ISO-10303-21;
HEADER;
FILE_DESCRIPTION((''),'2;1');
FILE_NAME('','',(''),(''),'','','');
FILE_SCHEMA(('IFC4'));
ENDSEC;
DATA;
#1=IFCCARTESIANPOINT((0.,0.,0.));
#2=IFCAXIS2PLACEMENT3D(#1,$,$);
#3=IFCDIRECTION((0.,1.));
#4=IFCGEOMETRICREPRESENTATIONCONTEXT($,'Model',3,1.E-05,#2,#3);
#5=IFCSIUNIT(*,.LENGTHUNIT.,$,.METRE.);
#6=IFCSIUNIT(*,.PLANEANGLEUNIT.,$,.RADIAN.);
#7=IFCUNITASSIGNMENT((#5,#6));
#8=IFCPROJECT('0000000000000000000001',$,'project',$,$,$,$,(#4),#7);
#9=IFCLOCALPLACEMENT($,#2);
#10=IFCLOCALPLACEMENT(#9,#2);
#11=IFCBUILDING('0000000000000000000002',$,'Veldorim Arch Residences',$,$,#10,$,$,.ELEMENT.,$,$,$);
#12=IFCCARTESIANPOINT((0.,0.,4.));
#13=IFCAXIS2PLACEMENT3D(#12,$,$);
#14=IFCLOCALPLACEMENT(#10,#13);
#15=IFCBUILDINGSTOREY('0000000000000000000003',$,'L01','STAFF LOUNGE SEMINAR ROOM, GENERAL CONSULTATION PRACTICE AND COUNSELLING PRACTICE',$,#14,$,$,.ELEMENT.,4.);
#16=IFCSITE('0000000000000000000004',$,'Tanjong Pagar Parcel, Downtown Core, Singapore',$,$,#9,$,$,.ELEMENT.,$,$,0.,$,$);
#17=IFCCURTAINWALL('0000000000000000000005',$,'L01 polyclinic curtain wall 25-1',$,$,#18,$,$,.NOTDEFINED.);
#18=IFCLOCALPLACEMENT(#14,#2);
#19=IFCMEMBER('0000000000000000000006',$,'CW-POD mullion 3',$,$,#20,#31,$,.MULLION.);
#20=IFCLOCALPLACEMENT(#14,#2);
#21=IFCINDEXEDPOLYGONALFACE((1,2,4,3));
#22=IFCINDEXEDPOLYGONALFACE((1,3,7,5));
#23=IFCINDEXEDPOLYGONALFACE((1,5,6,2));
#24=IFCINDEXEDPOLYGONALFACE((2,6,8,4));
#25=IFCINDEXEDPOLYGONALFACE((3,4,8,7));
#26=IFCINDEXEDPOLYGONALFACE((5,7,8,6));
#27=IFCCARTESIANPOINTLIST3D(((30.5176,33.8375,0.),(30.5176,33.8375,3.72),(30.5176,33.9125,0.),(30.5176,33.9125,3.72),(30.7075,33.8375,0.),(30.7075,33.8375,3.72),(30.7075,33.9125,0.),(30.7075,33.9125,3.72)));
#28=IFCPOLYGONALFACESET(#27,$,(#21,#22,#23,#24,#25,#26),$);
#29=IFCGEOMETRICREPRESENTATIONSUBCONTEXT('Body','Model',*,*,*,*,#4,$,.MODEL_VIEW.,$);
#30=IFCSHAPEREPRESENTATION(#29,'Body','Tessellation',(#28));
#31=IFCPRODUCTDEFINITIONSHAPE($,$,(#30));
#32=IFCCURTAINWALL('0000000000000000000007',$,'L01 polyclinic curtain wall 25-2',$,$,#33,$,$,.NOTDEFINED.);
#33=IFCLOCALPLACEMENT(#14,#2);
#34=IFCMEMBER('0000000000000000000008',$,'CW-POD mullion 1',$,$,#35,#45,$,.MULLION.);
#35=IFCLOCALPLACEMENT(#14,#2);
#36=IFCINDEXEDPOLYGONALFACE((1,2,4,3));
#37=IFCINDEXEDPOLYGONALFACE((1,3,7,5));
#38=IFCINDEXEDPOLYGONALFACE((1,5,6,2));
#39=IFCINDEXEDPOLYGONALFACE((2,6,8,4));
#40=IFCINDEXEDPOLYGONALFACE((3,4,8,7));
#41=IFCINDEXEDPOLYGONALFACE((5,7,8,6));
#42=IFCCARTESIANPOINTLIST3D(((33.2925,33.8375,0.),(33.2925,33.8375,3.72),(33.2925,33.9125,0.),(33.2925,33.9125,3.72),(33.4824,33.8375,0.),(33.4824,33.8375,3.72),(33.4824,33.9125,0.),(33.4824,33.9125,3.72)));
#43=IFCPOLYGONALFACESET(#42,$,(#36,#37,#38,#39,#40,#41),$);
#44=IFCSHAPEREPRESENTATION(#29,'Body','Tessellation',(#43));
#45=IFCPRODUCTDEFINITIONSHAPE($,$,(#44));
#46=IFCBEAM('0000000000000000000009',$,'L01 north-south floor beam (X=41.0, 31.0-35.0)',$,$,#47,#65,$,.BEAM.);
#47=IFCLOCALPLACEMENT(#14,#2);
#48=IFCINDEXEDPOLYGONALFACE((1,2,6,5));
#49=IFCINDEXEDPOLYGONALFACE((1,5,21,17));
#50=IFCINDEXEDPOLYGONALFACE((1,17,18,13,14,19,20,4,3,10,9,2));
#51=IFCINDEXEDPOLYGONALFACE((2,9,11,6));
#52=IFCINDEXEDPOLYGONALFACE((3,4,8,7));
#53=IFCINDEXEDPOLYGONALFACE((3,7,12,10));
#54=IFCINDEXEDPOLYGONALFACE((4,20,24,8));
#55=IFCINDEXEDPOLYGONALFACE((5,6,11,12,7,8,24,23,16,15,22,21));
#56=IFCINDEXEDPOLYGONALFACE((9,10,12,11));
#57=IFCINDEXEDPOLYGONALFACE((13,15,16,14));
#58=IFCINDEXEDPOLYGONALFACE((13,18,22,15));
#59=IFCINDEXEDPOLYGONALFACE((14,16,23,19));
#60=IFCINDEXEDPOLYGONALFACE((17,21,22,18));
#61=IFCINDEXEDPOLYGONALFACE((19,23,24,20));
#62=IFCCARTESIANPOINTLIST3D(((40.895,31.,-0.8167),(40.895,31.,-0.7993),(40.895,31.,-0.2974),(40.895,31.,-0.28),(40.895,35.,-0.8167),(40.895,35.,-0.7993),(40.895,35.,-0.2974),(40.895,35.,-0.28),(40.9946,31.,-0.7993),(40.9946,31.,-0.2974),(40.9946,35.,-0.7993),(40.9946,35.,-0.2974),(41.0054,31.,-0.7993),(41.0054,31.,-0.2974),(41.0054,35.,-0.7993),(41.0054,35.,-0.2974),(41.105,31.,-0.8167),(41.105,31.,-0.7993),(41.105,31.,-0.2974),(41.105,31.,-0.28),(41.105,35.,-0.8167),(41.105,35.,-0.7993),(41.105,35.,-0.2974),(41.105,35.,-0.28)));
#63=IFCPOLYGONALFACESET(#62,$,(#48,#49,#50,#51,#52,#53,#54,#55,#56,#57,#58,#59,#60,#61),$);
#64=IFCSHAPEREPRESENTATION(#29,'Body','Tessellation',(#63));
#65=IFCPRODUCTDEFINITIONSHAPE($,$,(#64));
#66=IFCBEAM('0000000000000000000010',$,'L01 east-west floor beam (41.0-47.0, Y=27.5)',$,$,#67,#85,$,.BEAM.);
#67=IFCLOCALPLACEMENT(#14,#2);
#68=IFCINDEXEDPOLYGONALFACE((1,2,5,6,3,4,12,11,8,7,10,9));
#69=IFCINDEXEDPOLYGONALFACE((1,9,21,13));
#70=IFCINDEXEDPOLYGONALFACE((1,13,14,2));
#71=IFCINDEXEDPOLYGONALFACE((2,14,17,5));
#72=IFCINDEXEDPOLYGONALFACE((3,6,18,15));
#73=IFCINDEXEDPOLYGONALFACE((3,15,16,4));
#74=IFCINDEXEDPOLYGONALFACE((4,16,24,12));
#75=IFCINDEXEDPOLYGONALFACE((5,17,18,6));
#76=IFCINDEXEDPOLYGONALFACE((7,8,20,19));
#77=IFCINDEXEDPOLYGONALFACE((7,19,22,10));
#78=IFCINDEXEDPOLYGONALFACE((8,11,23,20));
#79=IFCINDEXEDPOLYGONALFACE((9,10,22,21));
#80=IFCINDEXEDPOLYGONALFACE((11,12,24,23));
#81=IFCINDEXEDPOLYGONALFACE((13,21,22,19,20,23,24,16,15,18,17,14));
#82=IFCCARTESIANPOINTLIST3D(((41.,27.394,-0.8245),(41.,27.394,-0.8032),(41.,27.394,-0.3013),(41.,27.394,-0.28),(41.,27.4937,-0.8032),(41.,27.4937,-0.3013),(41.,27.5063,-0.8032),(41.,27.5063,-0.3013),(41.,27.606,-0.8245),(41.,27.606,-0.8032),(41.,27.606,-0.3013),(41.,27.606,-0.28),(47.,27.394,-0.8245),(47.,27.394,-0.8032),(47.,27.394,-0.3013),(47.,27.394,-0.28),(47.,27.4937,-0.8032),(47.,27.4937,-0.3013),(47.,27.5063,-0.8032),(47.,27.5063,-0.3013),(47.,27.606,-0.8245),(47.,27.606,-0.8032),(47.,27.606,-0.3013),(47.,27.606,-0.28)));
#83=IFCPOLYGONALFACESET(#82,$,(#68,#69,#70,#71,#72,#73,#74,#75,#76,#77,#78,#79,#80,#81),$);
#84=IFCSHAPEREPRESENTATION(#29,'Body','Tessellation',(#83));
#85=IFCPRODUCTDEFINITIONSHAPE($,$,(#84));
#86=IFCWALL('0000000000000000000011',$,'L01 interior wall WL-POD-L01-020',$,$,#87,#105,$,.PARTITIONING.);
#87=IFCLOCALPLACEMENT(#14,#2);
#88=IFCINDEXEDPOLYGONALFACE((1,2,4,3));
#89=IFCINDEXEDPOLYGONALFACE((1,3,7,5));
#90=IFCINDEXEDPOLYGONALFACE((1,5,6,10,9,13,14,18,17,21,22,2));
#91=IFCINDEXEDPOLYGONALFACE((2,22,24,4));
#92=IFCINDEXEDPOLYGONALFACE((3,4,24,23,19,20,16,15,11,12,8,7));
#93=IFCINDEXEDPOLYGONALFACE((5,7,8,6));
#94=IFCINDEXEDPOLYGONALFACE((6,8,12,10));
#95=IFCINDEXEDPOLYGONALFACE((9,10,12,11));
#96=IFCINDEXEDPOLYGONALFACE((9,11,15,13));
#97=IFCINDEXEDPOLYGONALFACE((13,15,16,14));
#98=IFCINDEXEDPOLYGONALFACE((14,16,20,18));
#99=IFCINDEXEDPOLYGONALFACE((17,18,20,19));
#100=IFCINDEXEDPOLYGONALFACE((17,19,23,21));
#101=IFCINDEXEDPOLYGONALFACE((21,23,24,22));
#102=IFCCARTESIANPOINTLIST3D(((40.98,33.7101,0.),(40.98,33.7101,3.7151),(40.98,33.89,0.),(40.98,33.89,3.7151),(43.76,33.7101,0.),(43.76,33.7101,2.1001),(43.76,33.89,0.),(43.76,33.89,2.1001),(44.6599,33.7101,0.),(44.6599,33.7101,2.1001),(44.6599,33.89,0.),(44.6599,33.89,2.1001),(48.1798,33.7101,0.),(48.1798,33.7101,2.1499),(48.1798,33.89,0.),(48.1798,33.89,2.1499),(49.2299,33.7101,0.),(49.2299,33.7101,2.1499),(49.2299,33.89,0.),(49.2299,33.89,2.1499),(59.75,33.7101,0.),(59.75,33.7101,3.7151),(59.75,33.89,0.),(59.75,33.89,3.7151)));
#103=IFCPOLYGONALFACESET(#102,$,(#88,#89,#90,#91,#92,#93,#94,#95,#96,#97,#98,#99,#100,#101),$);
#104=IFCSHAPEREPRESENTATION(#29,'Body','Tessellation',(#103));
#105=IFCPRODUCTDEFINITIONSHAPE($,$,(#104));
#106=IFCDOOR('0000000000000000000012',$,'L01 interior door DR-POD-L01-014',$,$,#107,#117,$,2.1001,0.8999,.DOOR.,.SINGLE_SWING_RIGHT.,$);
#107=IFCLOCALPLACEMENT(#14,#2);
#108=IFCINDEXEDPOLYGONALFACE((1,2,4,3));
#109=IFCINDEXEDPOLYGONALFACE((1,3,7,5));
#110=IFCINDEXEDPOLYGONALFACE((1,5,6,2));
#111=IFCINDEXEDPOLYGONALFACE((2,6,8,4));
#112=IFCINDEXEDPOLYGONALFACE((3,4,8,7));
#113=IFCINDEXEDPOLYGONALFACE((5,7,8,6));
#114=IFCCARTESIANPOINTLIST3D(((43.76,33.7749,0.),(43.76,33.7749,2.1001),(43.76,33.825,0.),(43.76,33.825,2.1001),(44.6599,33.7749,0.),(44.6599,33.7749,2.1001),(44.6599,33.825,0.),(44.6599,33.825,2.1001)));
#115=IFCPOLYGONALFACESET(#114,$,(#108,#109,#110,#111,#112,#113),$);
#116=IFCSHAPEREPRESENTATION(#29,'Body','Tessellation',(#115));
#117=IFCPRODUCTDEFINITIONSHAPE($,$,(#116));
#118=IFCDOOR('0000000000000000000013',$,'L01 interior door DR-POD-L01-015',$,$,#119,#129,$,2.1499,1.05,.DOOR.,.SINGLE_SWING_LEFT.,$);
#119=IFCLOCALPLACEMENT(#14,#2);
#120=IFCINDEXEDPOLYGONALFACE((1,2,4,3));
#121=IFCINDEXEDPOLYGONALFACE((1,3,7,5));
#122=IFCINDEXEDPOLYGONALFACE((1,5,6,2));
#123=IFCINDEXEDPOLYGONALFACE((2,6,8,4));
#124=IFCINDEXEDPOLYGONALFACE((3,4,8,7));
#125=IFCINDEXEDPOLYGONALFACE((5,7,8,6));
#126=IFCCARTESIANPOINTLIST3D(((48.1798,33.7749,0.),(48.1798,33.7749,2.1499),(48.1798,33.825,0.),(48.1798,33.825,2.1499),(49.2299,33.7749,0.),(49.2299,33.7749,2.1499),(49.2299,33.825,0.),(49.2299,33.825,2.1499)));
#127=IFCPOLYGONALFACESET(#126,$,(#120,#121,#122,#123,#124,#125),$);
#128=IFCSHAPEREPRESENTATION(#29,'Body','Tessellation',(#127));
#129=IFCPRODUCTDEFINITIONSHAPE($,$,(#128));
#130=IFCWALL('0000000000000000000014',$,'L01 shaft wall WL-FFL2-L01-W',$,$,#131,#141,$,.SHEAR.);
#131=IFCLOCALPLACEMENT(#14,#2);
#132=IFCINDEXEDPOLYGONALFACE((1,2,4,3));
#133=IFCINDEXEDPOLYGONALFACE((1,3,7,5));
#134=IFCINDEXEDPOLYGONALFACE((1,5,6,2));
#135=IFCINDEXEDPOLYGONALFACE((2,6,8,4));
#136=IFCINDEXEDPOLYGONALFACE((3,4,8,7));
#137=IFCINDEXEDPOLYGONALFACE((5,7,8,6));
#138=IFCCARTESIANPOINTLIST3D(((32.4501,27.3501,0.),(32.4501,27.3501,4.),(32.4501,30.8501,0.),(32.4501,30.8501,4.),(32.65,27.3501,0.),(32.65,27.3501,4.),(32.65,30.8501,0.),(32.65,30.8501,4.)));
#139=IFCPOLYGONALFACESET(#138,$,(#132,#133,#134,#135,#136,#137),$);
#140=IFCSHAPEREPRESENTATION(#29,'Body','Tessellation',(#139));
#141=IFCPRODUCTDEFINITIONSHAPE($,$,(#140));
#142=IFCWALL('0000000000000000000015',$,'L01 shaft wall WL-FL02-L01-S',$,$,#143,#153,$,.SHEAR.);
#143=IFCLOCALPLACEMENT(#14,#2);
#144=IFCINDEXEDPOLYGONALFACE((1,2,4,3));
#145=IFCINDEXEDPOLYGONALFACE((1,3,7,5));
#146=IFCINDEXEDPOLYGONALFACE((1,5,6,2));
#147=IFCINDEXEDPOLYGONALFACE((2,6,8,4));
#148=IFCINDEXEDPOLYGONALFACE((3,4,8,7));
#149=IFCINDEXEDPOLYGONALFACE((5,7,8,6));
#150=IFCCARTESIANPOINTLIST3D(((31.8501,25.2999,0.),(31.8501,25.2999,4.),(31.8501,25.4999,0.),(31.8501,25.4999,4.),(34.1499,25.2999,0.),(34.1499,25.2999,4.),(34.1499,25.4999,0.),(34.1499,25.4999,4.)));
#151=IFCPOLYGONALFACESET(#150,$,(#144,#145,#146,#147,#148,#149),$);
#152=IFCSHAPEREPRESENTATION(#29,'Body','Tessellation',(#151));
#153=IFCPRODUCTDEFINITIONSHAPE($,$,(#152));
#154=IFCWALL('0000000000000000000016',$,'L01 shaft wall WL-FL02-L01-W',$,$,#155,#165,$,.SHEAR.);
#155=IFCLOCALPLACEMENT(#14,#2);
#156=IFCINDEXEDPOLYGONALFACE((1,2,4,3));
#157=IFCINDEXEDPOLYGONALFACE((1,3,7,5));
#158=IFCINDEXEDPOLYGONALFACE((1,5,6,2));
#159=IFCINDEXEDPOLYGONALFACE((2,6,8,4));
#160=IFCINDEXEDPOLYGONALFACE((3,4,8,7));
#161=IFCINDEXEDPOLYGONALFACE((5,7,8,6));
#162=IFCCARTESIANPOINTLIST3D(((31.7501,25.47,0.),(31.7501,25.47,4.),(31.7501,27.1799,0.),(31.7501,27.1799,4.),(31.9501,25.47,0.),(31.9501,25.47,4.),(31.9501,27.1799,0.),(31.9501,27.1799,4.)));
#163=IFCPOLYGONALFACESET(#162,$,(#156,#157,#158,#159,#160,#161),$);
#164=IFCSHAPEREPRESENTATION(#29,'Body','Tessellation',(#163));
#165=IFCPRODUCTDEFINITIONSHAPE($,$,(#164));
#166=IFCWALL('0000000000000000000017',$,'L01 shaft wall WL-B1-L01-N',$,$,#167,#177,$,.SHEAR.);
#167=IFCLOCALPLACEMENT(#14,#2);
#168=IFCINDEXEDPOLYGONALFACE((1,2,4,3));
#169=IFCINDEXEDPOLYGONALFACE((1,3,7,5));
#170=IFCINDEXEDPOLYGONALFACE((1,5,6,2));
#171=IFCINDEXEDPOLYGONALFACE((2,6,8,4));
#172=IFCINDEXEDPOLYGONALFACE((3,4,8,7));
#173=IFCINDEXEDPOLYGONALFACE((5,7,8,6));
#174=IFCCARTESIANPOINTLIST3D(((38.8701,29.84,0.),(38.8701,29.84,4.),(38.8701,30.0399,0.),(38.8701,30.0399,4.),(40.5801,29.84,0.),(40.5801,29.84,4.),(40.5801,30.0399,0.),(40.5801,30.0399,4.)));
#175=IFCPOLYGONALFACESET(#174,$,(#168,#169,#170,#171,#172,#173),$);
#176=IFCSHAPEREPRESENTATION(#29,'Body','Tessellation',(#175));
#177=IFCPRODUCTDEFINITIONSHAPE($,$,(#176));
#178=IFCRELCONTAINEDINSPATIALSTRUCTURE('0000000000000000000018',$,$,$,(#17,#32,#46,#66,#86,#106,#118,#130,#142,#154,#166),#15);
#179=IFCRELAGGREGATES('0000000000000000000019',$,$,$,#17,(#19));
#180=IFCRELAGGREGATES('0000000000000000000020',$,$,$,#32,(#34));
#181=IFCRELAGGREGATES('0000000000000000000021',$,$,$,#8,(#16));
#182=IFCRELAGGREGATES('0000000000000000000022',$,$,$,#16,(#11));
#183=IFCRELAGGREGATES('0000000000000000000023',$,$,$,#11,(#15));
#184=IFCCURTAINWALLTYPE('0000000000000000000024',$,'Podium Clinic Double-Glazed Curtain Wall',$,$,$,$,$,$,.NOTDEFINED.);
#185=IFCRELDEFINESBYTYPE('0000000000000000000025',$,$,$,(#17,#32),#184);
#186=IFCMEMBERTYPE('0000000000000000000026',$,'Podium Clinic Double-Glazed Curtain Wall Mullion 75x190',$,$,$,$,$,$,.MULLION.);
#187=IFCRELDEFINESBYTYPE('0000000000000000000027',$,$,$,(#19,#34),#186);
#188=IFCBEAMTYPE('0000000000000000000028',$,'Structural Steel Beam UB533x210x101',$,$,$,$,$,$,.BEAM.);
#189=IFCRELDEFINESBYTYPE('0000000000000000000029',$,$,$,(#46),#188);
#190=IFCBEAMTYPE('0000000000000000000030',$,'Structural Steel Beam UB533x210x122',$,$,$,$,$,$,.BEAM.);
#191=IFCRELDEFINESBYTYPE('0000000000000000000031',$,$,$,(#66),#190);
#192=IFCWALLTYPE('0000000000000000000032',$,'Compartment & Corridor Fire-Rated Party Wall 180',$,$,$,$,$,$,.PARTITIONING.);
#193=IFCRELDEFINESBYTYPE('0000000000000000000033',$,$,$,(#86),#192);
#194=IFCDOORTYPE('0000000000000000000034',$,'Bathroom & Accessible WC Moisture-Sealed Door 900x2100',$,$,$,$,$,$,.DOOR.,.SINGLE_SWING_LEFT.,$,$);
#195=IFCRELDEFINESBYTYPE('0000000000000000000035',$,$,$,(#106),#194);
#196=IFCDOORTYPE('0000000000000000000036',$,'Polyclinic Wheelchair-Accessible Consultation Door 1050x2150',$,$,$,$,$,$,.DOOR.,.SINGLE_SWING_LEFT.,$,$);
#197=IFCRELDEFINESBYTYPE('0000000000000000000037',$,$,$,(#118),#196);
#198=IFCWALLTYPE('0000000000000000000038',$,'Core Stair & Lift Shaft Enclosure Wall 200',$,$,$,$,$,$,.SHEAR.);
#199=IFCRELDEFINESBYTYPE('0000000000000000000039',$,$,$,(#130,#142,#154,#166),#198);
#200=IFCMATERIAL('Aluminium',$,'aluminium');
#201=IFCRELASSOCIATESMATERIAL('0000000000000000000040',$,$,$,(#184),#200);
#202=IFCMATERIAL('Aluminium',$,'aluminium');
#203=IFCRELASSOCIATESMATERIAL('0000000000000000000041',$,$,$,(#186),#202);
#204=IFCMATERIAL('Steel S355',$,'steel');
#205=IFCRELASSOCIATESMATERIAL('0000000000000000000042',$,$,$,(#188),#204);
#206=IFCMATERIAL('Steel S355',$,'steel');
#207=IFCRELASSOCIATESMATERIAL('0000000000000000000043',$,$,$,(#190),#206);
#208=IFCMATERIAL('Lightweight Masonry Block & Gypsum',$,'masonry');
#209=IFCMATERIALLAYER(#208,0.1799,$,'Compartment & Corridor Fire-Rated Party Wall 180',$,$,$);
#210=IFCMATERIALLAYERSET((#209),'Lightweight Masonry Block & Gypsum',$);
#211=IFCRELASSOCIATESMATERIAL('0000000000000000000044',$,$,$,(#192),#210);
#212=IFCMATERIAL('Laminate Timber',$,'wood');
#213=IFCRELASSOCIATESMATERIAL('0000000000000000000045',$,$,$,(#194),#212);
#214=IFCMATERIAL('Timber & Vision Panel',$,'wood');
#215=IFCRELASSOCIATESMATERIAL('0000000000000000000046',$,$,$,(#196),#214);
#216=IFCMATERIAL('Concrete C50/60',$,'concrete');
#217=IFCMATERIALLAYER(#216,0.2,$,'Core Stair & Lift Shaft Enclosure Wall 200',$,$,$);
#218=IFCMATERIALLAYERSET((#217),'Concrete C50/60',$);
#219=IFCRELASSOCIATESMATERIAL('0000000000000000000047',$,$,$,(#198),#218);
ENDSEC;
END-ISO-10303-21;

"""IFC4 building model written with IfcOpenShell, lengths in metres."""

from ifc_helpers import new_model, si_unit, direction, frame, frame_2d, origin, origin_2d, place, context, subcontext, project, spatial, rectangle, i_section, extrude, material, layer, layer_set, material_profile, profile_set, type_object, element, fill, aggregate, save


model = new_model("IFC4")

# Units and contexts
model_context = context("Model", 3, precision=1e-05, world=origin(), true_north=direction((0.0, 1.0)))
body_context = subcontext(model_context, "Body", "Model", "MODEL_VIEW")
ifc_project = project(units=[si_unit("LENGTHUNIT", "METRE"), si_unit("PLANEANGLEUNIT", "RADIAN")], contexts=[model_context])

# Site, building, storey
site_placement = place(None, origin())
site = spatial("IfcSite", under=ifc_project, at=site_placement, Name="Tanjong Pagar Parcel, Downtown Core, Singapore", CompositionType="ELEMENT", RefElevation=0.0)
building_placement = place(site_placement, origin())
building = spatial("IfcBuilding", under=site, at=building_placement, Name="Veldorim Arch Residences", CompositionType="ELEMENT")
storey_placement = place(building_placement, frame((0.0, 0.0, 4.0)))
storey = spatial("IfcBuildingStorey", under=building, at=storey_placement, Name="L01", Description="STAFF LOUNGE SEMINAR ROOM, GENERAL CONSULTATION PRACTICE AND COUNSELLING PRACTICE", CompositionType="ELEMENT", Elevation=4.0)

# Curtain walls, members
ifc_material_1 = material(Name="Aluminium", Category="aluminium")
curtain_wall_type = type_object("IfcCurtainWallType", Name="Podium Clinic Double-Glazed Curtain Wall", PredefinedType="NOTDEFINED", material=ifc_material_1)
curtain_wall_1_placement = place(storey_placement, origin())
curtain_wall_1 = element("IfcCurtainWall", 1, at=curtain_wall_1_placement, inside=storey, type_object=curtain_wall_type, Name="L01 polyclinic curtain wall 25-1", PredefinedType="NOTDEFINED")
ifc_material_2 = material(Name="Aluminium", Category="aluminium")
ifc_material_profile_1 = material_profile(ifc_material_2, rectangle(XDim=0.075, YDim=0.1899, at=origin_2d()), Name="ALU_MUL_75x190")
ifc_profile_set_1 = profile_set([ifc_material_profile_1], Name="Aluminium")
member_type = type_object("IfcMemberType", Name="Podium Clinic Double-Glazed Curtain Wall Mullion 75x190", PredefinedType="MULLION", material=ifc_profile_set_1)
member_1_placement = place(storey_placement, frame((30.6125, 33.875, 0.0), z_axis=(0.0, 0.0, 1.0), x_axis=(0.0, 1.0, 0.0)))
member_1 = element("IfcMember", 2, at=member_1_placement, type_object=member_type, Name="CW-POD mullion 3", PredefinedType="MULLION", context=body_context, shape_type="SweptSolid", body=[
    extrude(rectangle(XDim=0.075, YDim=0.1899, at=origin_2d()), origin(), (0.0, 0.0, 1.0), 3.72),
])
aggregate(curtain_wall_1, [member_1])
curtain_wall_2_placement = place(storey_placement, origin())
curtain_wall_2 = element("IfcCurtainWall", 3, at=curtain_wall_2_placement, inside=storey, type_object=curtain_wall_type, Name="L01 polyclinic curtain wall 25-2", PredefinedType="NOTDEFINED")
member_2_placement = place(storey_placement, frame((33.3875, 33.875, 0.0), z_axis=(0.0, 0.0, 1.0), x_axis=(0.0, 1.0, 0.0)))
member_2 = element("IfcMember", 4, at=member_2_placement, type_object=member_type, Name="CW-POD mullion 1", PredefinedType="MULLION", context=body_context, shape_type="SweptSolid", body=[
    extrude(rectangle(XDim=0.075, YDim=0.1899, at=origin_2d()), origin(), (0.0, 0.0, 1.0), 3.72),
])
aggregate(curtain_wall_2, [member_2])

# Beams
ifc_material_3 = material(Name="Steel S355", Category="steel")
ifc_material_profile_2 = material_profile(ifc_material_3, i_section(OverallWidth=0.21, OverallDepth=0.5366, WebThickness=0.0107, FlangeThickness=0.0173, at=origin_2d()), Name="UB533x210x101")
ifc_profile_set_2 = profile_set([ifc_material_profile_2], Name="Steel S355")
beam_type_1 = type_object("IfcBeamType", Name="Structural Steel Beam UB533x210x101", PredefinedType="BEAM", material=ifc_profile_set_2)
beam_1_placement = place(storey_placement, frame((41.0, 31.0, -0.5483), z_axis=(0.0, 1.0, 0.0), x_axis=(-1.0, 0.0, 0.0)))
element("IfcBeam", 5, at=beam_1_placement, inside=storey, type_object=beam_type_1, Name="L01 north-south floor beam (X=41.0, 31.0-35.0)", PredefinedType="BEAM", context=body_context, shape_type="SweptSolid", body=[
    extrude(i_section(OverallWidth=0.21, OverallDepth=0.5366, WebThickness=0.0107, FlangeThickness=0.0173, at=origin_2d()), origin(), (0.0, 0.0, 1.0), 4.0),
])
ifc_material_4 = material(Name="Steel S355", Category="steel")
ifc_material_profile_3 = material_profile(ifc_material_4, i_section(OverallWidth=0.2119, OverallDepth=0.5444, WebThickness=0.0127, FlangeThickness=0.0212, at=origin_2d()), Name="UB533x210x122")
ifc_profile_set_3 = profile_set([ifc_material_profile_3], Name="Steel S355")
beam_type_2 = type_object("IfcBeamType", Name="Structural Steel Beam UB533x210x122", PredefinedType="BEAM", material=ifc_profile_set_3)
beam_2_placement = place(storey_placement, frame((41.0, 27.5, -0.5522), z_axis=(1.0, 0.0, 0.0), x_axis=(0.0, 1.0, 0.0)))
element("IfcBeam", 6, at=beam_2_placement, inside=storey, type_object=beam_type_2, Name="L01 east-west floor beam (41.0-47.0, Y=27.5)", PredefinedType="BEAM", context=body_context, shape_type="SweptSolid", body=[
    extrude(i_section(OverallWidth=0.2119, OverallDepth=0.5444, WebThickness=0.0127, FlangeThickness=0.0212, at=origin_2d()), origin(), (0.0, 0.0, 1.0), 6.0),
])

# Wall, openings, doors
ifc_material_5 = material(Name="Lightweight Masonry Block & Gypsum", Category="masonry")
ifc_layer_1 = layer(ifc_material_5, 0.1799, Name="Compartment & Corridor Fire-Rated Party Wall 180")
ifc_layer_set_1 = layer_set([ifc_layer_1], Name="Lightweight Masonry Block & Gypsum")
wall_type_1 = type_object("IfcWallType", Name="Compartment & Corridor Fire-Rated Party Wall 180", PredefinedType="PARTITIONING", material=ifc_layer_set_1)
wall_1_placement = place(storey_placement, frame((40.98, 33.8, 0.0), z_axis=(0.0, 0.0, 1.0), x_axis=(1.0, 0.0, 0.0)))
wall_1 = element("IfcWall", 7, at=wall_1_placement, inside=storey, type_object=wall_type_1, Name="L01 interior wall WL-POD-L01-020", PredefinedType="PARTITIONING", context=body_context, shape_type="SweptSolid", body=[
    extrude(rectangle(XDim=18.77, YDim=0.1799, at=frame_2d((9.385, 0.0))), origin(), (0.0, 0.0, 1.0), 3.7151),
])
opening_1_placement = place(wall_1_placement, frame((2.78, 0.0, 0.0)))
opening_1 = element("IfcOpeningElement", 8, at=opening_1_placement, cuts=wall_1, PredefinedType="OPENING", context=body_context, shape_type="SweptSolid", body=[
    extrude(rectangle(XDim=0.8999, YDim=2.1001, at=frame_2d((0.45, 1.05))), frame((0.0, 0.0999, 0.0), z_axis=(0.0, -1.0, 0.0), x_axis=(1.0, 0.0, 0.0)), (0.0, 0.0, 1.0), 0.2),
])
opening_2_placement = place(wall_1_placement, frame((7.2, 0.0, 0.0)))
opening_2 = element("IfcOpeningElement", 9, at=opening_2_placement, cuts=wall_1, PredefinedType="OPENING", context=body_context, shape_type="SweptSolid", body=[
    extrude(rectangle(XDim=1.05, YDim=2.1499, at=frame_2d((0.5249, 1.075))), frame((0.0, 0.0999, 0.0), z_axis=(0.0, -1.0, 0.0), x_axis=(1.0, 0.0, 0.0)), (0.0, 0.0, 1.0), 0.2),
])
ifc_material_6 = material(Name="Laminate Timber", Category="wood")
door_type_1 = type_object("IfcDoorType", Name="Bathroom & Accessible WC Moisture-Sealed Door 900x2100", OperationType="SINGLE_SWING_LEFT", PredefinedType="DOOR", material=ifc_material_6)
door_1_placement = place(opening_1_placement, origin())
door_1 = element("IfcDoor", 10, at=door_1_placement, inside=storey, type_object=door_type_1, Name="L01 interior door DR-POD-L01-014", OperationType="SINGLE_SWING_RIGHT", OverallHeight=2.1001, OverallWidth=0.8999, PredefinedType="DOOR", context=body_context, shape_type="SweptSolid", body=[
    extrude(rectangle(XDim=0.8999, YDim=2.1001, at=frame_2d((0.45, 1.05))), frame((0.0, 0.0249, 0.0), z_axis=(0.0, -1.0, 0.0), x_axis=(1.0, 0.0, 0.0)), (0.0, 0.0, 1.0), 0.05),
])
fill(opening_1, door_1)
ifc_material_7 = material(Name="Timber & Vision Panel", Category="wood")
door_type_2 = type_object("IfcDoorType", Name="Polyclinic Wheelchair-Accessible Consultation Door 1050x2150", OperationType="SINGLE_SWING_LEFT", PredefinedType="DOOR", material=ifc_material_7)
door_2_placement = place(opening_2_placement, origin())
door_2 = element("IfcDoor", 11, at=door_2_placement, inside=storey, type_object=door_type_2, Name="L01 interior door DR-POD-L01-015", OperationType="SINGLE_SWING_LEFT", OverallHeight=2.1499, OverallWidth=1.05, PredefinedType="DOOR", context=body_context, shape_type="SweptSolid", body=[
    extrude(rectangle(XDim=1.05, YDim=2.1499, at=frame_2d((0.5249, 1.075))), frame((0.0, 0.0249, 0.0), z_axis=(0.0, -1.0, 0.0), x_axis=(1.0, 0.0, 0.0)), (0.0, 0.0, 1.0), 0.05),
])
fill(opening_2, door_2)

# Shared definitions
ifc_material_8 = material(Name="Concrete C50/60", Category="concrete")
ifc_layer_2 = layer(ifc_material_8, 0.2, Name="Core Stair & Lift Shaft Enclosure Wall 200")
ifc_layer_set_2 = layer_set([ifc_layer_2], Name="Concrete C50/60")
wall_type_2 = type_object("IfcWallType", Name="Core Stair & Lift Shaft Enclosure Wall 200", PredefinedType="SHEAR", material=ifc_layer_set_2)

# Wall
wall_2_placement = place(storey_placement, frame((32.55, 27.3501, 0.0), z_axis=(0.0, 0.0, 1.0), x_axis=(0.0, 1.0, 0.0)))
element("IfcWall", 12, at=wall_2_placement, inside=storey, type_object=wall_type_2, Name="L01 shaft wall WL-FFL2-L01-W", PredefinedType="SHEAR", context=body_context, shape_type="SweptSolid", body=[
    extrude(rectangle(XDim=3.5, YDim=0.2, at=frame_2d((1.75, 0.0))), origin(), (0.0, 0.0, 1.0), 4.0),
])

# Walls
wall_3_placement = place(storey_placement, frame((31.8501, 25.3999, 0.0), z_axis=(0.0, 0.0, 1.0), x_axis=(1.0, 0.0, 0.0)))
element("IfcWall", 13, at=wall_3_placement, inside=storey, type_object=wall_type_2, Name="L01 shaft wall WL-FL02-L01-S", PredefinedType="SHEAR", context=body_context, shape_type="SweptSolid", body=[
    extrude(rectangle(XDim=2.2998, YDim=0.2, at=frame_2d((1.1499, 0.0))), origin(), (0.0, 0.0, 1.0), 4.0),
])
for number, where, z_axis, x_axis, name in (
    (14, (31.8501, 25.47, 0.0), (0.0, 0.0, 1.0), (0.0, 1.0, 0.0), "L01 shaft wall WL-FL02-L01-W"),
    (15, (38.8701, 29.9399, 0.0), (0.0, 0.0, 1.0), (1.0, 0.0, 0.0), "L01 shaft wall WL-B1-L01-N"),
):
    element("IfcWall", number, at=place(storey_placement, frame(where, z_axis=z_axis, x_axis=x_axis)), inside=storey, type_object=wall_type_2, Name=name, PredefinedType="SHEAR", context=body_context, shape_type="SweptSolid", body=[
        extrude(rectangle(XDim=1.71, YDim=0.2, at=frame_2d((0.855, 0.0))), origin(), (0.0, 0.0, 1.0), 4.0),
    ])

save(model, "model.ifc")
